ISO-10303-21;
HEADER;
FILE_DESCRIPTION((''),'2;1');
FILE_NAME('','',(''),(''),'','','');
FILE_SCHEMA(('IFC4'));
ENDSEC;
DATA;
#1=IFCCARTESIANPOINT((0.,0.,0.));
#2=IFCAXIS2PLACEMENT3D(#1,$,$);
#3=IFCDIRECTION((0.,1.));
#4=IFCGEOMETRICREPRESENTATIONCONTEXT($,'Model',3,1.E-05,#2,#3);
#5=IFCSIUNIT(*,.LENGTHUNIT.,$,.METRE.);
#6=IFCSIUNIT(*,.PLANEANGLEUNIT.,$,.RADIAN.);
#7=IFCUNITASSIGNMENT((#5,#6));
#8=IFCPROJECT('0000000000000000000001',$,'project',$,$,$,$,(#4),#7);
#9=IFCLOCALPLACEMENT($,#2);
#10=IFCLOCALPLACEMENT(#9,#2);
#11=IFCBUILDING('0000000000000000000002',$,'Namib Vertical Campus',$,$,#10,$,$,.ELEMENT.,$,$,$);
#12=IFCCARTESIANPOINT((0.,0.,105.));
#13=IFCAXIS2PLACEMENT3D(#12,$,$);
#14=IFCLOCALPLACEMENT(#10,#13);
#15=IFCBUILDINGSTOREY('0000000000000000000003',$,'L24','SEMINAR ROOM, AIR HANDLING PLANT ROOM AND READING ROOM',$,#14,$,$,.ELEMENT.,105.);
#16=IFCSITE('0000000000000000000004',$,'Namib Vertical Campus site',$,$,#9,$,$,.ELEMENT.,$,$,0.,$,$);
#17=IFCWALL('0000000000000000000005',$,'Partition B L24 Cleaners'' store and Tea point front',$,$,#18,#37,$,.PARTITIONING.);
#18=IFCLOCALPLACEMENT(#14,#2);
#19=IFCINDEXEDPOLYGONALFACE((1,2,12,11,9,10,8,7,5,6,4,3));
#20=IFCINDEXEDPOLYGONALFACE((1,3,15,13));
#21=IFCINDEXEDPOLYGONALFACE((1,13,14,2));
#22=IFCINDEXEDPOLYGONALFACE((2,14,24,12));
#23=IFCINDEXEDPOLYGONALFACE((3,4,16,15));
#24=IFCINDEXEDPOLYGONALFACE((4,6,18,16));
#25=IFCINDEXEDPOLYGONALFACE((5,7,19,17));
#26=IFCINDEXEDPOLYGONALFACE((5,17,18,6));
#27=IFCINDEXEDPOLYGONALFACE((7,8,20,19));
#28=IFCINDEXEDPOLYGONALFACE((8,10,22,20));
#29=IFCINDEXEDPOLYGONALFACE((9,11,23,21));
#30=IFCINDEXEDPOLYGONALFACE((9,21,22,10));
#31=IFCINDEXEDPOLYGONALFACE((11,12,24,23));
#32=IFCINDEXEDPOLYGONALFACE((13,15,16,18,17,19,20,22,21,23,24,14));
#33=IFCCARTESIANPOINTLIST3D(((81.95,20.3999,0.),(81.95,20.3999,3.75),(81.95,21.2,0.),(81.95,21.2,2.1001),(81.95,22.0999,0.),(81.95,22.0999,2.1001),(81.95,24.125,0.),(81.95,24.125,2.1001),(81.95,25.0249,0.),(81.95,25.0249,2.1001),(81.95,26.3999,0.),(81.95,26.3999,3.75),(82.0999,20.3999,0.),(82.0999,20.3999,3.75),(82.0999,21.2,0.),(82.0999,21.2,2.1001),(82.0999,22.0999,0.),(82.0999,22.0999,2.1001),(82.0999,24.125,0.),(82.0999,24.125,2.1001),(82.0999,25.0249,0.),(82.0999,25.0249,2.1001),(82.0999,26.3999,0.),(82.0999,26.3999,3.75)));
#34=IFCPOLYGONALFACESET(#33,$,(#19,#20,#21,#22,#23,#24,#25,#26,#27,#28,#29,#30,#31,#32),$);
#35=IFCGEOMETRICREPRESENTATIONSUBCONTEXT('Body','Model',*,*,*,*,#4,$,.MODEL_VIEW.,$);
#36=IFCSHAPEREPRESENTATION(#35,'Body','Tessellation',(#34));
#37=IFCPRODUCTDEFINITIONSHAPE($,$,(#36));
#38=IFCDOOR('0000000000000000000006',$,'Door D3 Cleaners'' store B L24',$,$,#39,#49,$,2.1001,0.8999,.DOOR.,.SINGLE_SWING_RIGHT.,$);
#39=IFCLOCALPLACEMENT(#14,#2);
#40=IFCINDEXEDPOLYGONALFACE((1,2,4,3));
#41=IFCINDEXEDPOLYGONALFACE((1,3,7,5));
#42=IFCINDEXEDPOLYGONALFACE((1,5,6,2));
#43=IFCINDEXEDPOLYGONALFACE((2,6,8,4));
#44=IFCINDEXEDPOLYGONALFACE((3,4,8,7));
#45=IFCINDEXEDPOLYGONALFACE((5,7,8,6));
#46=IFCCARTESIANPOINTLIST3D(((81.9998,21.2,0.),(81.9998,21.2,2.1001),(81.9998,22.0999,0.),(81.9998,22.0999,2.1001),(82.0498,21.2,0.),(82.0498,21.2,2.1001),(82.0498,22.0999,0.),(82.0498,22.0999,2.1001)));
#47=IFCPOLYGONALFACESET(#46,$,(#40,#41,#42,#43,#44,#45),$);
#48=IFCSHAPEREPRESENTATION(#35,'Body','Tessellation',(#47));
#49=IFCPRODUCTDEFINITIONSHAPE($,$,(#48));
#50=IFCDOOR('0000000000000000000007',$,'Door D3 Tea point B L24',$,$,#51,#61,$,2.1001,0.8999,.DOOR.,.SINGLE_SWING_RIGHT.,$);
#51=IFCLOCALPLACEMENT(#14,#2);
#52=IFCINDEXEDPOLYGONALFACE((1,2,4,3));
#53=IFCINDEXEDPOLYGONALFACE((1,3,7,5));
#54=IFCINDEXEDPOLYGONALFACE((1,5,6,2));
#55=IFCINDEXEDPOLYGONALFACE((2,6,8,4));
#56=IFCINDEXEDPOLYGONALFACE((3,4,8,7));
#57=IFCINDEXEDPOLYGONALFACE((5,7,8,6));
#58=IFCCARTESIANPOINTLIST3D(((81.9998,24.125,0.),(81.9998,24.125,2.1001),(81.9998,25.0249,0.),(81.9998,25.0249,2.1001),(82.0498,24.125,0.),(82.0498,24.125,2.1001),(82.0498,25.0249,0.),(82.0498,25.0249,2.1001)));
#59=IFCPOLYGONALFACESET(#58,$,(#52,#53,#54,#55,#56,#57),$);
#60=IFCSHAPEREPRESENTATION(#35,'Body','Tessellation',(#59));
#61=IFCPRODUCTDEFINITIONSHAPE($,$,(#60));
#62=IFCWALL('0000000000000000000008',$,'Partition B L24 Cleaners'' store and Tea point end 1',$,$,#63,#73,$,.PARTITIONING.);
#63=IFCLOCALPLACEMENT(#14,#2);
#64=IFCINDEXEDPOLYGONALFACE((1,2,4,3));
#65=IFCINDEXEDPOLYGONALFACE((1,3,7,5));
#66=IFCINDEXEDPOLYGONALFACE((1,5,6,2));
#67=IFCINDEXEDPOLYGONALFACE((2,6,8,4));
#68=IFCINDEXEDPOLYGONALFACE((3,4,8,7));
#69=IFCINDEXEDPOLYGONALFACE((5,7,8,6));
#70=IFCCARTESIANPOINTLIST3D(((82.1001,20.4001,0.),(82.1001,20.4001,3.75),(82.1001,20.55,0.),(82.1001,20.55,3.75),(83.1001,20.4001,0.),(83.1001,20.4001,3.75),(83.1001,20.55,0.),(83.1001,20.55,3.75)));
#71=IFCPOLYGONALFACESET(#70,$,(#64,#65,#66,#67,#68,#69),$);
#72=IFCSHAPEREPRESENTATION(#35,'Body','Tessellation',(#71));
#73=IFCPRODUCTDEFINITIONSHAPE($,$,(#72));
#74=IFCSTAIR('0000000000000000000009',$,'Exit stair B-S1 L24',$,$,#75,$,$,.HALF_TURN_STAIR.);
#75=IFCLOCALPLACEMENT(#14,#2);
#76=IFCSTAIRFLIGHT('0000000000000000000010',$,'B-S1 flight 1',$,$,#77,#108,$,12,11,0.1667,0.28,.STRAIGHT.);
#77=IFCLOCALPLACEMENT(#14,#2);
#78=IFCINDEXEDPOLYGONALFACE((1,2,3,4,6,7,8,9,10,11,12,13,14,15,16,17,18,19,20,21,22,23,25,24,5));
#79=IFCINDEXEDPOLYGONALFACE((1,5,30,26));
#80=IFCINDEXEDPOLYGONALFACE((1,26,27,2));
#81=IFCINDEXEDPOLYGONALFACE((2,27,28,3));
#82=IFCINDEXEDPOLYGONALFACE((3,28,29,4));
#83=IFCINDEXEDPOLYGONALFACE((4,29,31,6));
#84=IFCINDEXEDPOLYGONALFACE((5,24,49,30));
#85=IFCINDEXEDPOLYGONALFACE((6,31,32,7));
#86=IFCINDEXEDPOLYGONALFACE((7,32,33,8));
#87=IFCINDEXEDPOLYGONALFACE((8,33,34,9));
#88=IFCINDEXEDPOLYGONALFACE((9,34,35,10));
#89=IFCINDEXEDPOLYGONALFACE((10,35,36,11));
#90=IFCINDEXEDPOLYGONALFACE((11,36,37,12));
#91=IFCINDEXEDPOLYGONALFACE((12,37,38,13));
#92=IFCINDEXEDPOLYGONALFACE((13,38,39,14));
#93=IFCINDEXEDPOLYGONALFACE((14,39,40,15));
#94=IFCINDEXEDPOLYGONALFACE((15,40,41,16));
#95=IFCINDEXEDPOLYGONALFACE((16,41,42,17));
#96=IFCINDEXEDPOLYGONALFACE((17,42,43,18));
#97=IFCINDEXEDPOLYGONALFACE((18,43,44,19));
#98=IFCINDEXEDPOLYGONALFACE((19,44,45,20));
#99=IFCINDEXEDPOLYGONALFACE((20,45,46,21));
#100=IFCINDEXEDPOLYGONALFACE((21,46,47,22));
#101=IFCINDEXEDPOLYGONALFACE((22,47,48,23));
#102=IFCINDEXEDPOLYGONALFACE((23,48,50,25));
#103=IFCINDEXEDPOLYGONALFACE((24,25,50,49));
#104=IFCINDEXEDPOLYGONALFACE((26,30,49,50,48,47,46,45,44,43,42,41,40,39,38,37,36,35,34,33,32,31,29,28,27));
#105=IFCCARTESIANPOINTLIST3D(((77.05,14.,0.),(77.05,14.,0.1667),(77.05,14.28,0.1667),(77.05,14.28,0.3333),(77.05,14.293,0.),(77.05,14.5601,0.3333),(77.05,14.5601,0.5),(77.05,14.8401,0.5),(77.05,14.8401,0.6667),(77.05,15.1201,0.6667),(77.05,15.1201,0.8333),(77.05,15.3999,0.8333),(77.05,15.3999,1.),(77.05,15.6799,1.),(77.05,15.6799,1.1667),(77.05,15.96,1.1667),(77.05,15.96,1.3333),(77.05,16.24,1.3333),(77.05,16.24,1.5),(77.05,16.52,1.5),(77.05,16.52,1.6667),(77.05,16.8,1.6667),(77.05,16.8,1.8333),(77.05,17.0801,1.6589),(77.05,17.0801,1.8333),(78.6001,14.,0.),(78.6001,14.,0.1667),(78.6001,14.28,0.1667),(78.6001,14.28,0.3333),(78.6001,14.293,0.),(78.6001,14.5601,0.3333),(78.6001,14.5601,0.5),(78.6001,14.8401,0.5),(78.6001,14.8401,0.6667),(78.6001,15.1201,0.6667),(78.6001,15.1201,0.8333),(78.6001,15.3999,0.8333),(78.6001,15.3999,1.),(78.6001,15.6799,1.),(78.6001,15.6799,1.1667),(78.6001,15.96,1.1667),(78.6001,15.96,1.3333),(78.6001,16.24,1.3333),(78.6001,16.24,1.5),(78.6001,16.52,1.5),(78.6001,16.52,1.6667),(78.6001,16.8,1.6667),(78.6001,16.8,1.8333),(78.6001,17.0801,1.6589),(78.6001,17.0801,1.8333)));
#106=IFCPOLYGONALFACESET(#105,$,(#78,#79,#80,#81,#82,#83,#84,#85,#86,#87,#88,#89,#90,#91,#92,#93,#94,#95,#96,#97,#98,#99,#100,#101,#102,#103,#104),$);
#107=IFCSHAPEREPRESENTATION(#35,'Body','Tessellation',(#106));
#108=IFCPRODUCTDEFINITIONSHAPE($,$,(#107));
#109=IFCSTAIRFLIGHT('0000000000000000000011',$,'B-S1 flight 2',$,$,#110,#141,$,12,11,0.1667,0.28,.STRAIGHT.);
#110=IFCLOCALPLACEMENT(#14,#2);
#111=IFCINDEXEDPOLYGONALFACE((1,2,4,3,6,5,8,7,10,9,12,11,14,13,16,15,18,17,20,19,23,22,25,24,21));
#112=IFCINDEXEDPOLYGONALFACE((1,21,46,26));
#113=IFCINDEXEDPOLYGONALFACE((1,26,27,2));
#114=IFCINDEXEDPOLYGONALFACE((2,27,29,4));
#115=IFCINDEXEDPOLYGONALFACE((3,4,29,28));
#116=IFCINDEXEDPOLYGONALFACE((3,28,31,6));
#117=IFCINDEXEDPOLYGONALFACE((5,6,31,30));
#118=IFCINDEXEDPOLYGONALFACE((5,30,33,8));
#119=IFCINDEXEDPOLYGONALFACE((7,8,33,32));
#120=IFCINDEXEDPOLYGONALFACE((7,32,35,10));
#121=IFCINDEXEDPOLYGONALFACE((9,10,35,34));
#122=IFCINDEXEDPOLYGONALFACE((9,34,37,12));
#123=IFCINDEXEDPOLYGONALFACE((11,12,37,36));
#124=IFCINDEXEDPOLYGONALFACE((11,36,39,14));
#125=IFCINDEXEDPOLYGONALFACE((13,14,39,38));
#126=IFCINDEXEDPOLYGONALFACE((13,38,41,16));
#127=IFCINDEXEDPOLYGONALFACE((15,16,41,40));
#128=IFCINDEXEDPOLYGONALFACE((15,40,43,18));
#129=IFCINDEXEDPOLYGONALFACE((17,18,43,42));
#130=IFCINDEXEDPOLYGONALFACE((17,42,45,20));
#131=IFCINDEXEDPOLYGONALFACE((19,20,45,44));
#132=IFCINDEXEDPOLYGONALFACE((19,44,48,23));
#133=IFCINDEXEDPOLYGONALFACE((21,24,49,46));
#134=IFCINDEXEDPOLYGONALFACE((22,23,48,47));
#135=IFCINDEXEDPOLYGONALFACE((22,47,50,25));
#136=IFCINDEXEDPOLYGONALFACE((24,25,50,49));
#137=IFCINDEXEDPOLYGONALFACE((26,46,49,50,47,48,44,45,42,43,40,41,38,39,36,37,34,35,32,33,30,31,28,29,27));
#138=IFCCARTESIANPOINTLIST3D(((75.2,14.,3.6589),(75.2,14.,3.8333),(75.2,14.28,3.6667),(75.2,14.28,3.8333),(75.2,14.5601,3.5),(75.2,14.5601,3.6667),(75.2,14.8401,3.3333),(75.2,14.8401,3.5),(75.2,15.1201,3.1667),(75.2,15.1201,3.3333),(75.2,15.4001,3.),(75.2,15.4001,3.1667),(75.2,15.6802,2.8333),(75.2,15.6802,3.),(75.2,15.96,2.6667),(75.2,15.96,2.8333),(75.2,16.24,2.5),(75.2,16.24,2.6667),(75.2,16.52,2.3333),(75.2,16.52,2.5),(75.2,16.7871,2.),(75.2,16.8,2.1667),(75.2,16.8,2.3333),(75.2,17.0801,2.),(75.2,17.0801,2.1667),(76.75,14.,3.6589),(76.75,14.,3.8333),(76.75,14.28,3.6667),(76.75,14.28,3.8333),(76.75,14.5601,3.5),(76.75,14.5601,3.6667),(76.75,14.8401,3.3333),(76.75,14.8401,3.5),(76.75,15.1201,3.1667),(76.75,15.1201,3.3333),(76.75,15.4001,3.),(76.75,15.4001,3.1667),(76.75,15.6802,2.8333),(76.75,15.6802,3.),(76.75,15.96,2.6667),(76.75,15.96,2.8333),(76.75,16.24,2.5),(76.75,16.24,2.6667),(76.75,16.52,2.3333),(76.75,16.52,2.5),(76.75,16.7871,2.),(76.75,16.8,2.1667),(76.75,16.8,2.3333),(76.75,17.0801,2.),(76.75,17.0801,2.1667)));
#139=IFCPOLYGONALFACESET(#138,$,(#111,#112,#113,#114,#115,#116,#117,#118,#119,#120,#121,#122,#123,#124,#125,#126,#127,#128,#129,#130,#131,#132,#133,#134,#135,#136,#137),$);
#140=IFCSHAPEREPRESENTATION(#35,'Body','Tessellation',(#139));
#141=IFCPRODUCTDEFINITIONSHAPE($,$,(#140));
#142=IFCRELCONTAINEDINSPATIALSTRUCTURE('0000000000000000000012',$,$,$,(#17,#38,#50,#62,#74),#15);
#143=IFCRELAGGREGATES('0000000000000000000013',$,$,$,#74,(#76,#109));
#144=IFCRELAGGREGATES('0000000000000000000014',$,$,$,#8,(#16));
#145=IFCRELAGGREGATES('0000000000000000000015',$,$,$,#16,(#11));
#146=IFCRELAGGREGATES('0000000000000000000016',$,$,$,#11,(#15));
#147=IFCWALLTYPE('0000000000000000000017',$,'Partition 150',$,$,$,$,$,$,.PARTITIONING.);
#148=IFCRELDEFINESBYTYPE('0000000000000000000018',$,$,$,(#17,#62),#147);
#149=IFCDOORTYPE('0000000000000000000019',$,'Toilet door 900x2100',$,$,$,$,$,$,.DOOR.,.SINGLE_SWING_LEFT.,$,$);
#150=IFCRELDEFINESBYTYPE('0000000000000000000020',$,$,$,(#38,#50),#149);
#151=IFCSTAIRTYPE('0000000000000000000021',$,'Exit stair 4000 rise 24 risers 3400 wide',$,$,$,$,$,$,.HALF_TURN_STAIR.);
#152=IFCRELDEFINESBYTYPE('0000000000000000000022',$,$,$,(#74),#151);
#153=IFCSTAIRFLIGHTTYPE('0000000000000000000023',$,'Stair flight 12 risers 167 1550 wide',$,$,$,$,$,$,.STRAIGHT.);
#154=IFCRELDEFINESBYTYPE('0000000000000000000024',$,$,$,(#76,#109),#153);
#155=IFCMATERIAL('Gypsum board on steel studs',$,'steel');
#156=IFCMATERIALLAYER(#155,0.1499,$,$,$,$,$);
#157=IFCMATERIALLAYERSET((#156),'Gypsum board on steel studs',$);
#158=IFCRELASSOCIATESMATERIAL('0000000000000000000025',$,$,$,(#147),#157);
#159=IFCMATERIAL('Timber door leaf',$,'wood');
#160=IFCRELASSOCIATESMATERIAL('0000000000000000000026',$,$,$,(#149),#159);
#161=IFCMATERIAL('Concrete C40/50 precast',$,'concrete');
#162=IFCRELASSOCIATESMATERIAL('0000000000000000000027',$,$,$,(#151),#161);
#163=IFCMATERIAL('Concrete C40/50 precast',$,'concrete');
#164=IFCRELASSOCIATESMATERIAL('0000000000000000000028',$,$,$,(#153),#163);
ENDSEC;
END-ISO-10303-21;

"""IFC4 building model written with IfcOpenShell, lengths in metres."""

from ifc_helpers import new_model, si_unit, direction, frame, frame_2d, origin, place, context, subcontext, project, spatial, polyline, rectangle, outline, extrude, material, layer, layer_set, type_object, element, fill, aggregate, save


model = new_model("IFC4")

# Units and contexts
model_context = context("Model", 3, precision=1e-05, world=origin(), true_north=direction((0.0, 1.0)))
body_context = subcontext(model_context, "Body", "Model", "MODEL_VIEW")
ifc_project = project(units=[si_unit("LENGTHUNIT", "METRE"), si_unit("PLANEANGLEUNIT", "RADIAN")], contexts=[model_context])

# Site, building, storey
site_placement = place(None, origin())
site = spatial("IfcSite", under=ifc_project, at=site_placement, Name="Namib Vertical Campus site", CompositionType="ELEMENT", RefElevation=0.0)
building_placement = place(site_placement, origin())
building = spatial("IfcBuilding", under=site, at=building_placement, Name="Namib Vertical Campus", CompositionType="ELEMENT")
storey_placement = place(building_placement, frame((0.0, 0.0, 105.0)))
storey = spatial("IfcBuildingStorey", under=building, at=storey_placement, Name="L24", Description="SEMINAR ROOM, AIR HANDLING PLANT ROOM AND READING ROOM", CompositionType="ELEMENT", Elevation=105.0)

# Wall, openings, doors
ifc_material_1 = material(Name="Gypsum board on steel studs", Category="steel")
ifc_layer_1 = layer(ifc_material_1, 0.1499)
ifc_layer_set_1 = layer_set([ifc_layer_1], Name="Gypsum board on steel studs")
wall_type_1 = type_object("IfcWallType", Name="Partition 150", PredefinedType="PARTITIONING", material=ifc_layer_set_1)
wall_1_placement = place(storey_placement, frame((82.0249, 20.3999, 0.0), z_axis=(0.0, 0.0, 1.0), x_axis=(0.0, 1.0, 0.0)))
wall_1 = element("IfcWall", 1, at=wall_1_placement, inside=storey, type_object=wall_type_1, Name="Partition B L24 Cleaners' store and Tea point front", PredefinedType="PARTITIONING", context=body_context, shape_type="SweptSolid", body=[
    extrude(rectangle(XDim=6.0, YDim=0.1499, at=frame_2d((3.0, 0.0))), origin(), (0.0, 0.0, 1.0), 3.75),
])
opening_1_placement = place(wall_1_placement, frame((0.8, 0.0, 0.0)))
opening_1 = element("IfcOpeningElement", 2, at=opening_1_placement, cuts=wall_1, PredefinedType="OPENING", context=body_context, shape_type="SweptSolid", body=[
    extrude(rectangle(XDim=0.8999, YDim=2.1001, at=frame_2d((0.45, 1.05))), frame((0.0, 0.085, 0.0), z_axis=(0.0, -1.0, 0.0), x_axis=(1.0, 0.0, 0.0)), (0.0, 0.0, 1.0), 0.1699),
])
opening_2_placement = place(wall_1_placement, frame((3.7251, 0.0, 0.0)))
opening_2 = element("IfcOpeningElement", 3, at=opening_2_placement, cuts=wall_1, PredefinedType="OPENING", context=body_context, shape_type="SweptSolid", body=[
    extrude(rectangle(XDim=0.8999, YDim=2.1001, at=frame_2d((0.45, 1.05))), frame((0.0, 0.085, 0.0), z_axis=(0.0, -1.0, 0.0), x_axis=(1.0, 0.0, 0.0)), (0.0, 0.0, 1.0), 0.1699),
])
ifc_material_2 = material(Name="Timber door leaf", Category="wood")
door_type_1 = type_object("IfcDoorType", Name="Toilet door 900x2100", OperationType="SINGLE_SWING_LEFT", PredefinedType="DOOR", material=ifc_material_2)
door_1_placement = place(opening_1_placement, frame((0.8999, 0.0, 0.0), z_axis=(0.0, 0.0, 1.0), x_axis=(-1.0, 0.0, 0.0)))
door_1 = element("IfcDoor", 4, at=door_1_placement, inside=storey, type_object=door_type_1, Name="Door D3 Cleaners' store B L24", OperationType="SINGLE_SWING_RIGHT", OverallHeight=2.1001, OverallWidth=0.8999, PredefinedType="DOOR", context=body_context, shape_type="SweptSolid", body=[
    extrude(rectangle(XDim=0.8999, YDim=2.1001, at=frame_2d((0.45, 1.05))), frame((0.0, 0.0249, 0.0), z_axis=(0.0, -1.0, 0.0), x_axis=(1.0, 0.0, 0.0)), (0.0, 0.0, 1.0), 0.05),
])
fill(opening_1, door_1)
door_2_placement = place(opening_2_placement, frame((0.8999, 0.0, 0.0), z_axis=(0.0, 0.0, 1.0), x_axis=(-1.0, 0.0, 0.0)))
door_2 = element("IfcDoor", 5, at=door_2_placement, inside=storey, type_object=door_type_1, Name="Door D3 Tea point B L24", OperationType="SINGLE_SWING_RIGHT", OverallHeight=2.1001, OverallWidth=0.8999, PredefinedType="DOOR", context=body_context, shape_type="SweptSolid", body=[
    extrude(rectangle(XDim=0.8999, YDim=2.1001, at=frame_2d((0.45, 1.05))), frame((0.0, 0.0249, 0.0), z_axis=(0.0, -1.0, 0.0), x_axis=(1.0, 0.0, 0.0)), (0.0, 0.0, 1.0), 0.05),
])
fill(opening_2, door_2)

# Wall
wall_2_placement = place(storey_placement, frame((82.1001, 20.4751, 0.0), z_axis=(0.0, 0.0, 1.0), x_axis=(1.0, 0.0, 0.0)))
element("IfcWall", 6, at=wall_2_placement, inside=storey, type_object=wall_type_1, Name="Partition B L24 Cleaners' store and Tea point end 1", PredefinedType="PARTITIONING", context=body_context, shape_type="SweptSolid", body=[
    extrude(rectangle(XDim=1.0, YDim=0.1499, at=frame_2d((0.5, 0.0))), origin(), (0.0, 0.0, 1.0), 3.75),
])

# Stair, stair flights
ifc_material_3 = material(Name="Concrete C40/50 precast", Category="concrete")
stair_type = type_object("IfcStairType", Name="Exit stair 4000 rise 24 risers 3400 wide", PredefinedType="HALF_TURN_STAIR", material=ifc_material_3)
stair_placement = place(storey_placement, origin())
stair = element("IfcStair", 7, at=stair_placement, inside=storey, type_object=stair_type, Name="Exit stair B-S1 L24", PredefinedType="HALF_TURN_STAIR")
ifc_material_4 = material(Name="Concrete C40/50 precast", Category="concrete")
stair_flight_type = type_object("IfcStairFlightType", Name="Stair flight 12 risers 167 1550 wide", PredefinedType="STRAIGHT", material=ifc_material_4)
stair_flight_1_placement = place(storey_placement, frame((77.825, 14.0, 0.0), z_axis=(0.0, 0.0, 1.0), x_axis=(0.0, 1.0, 0.0)))
stair_flight_1 = element("IfcStairFlight", 8, at=stair_flight_1_placement, type_object=stair_flight_type, Name="B-S1 flight 1", NumberOfRisers=12, NumberOfTreads=11, PredefinedType="STRAIGHT", RiserHeight=0.1667, TreadLength=0.28, context=body_context, shape_type="SweptSolid", body=[
    extrude(outline(polyline([(0.0, 0.0), (0.0, 0.1667), (0.28, 0.1667), (0.28, 0.3333), (0.5601, 0.3333), (0.5601, 0.5), (0.8401, 0.5), (0.8401, 0.6667), (1.1201, 0.6667), (1.1201, 0.8333), (1.3999, 0.8333), (1.3999, 1.0), (1.6799, 1.0), (1.6799, 1.1667), (1.96, 1.1667), (1.96, 1.3333), (2.24, 1.3333), (2.24, 1.5), (2.52, 1.5), (2.52, 1.6667), (2.8, 1.6667), (2.8, 1.8333), (3.0801, 1.8333), (3.0801, 2.0), (3.0801, 1.6589), (0.293, 0.0), (0.0, 0.0)])), frame((0.0, 0.7749, 0.0), z_axis=(0.0, -1.0, 0.0), x_axis=(1.0, 0.0, 0.0)), (0.0, 0.0, 1.0), 1.55),
])
stair_flight_2_placement = place(storey_placement, frame((75.9751, 17.0801, 2.0), z_axis=(0.0, 0.0, 1.0), x_axis=(0.0, -1.0, 0.0)))
stair_flight_2 = element("IfcStairFlight", 9, at=stair_flight_2_placement, type_object=stair_flight_type, Name="B-S1 flight 2", NumberOfRisers=12, NumberOfTreads=11, PredefinedType="STRAIGHT", RiserHeight=0.1667, TreadLength=0.28, context=body_context, shape_type="SweptSolid", body=[
    extrude(outline(polyline([(0.0, 0.0), (0.0, 0.1667), (0.28, 0.1667), (0.28, 0.3333), (0.5601, 0.3333), (0.5601, 0.5), (0.8401, 0.5), (0.8401, 0.6667), (1.1201, 0.6667), (1.1201, 0.8333), (1.3999, 0.8333), (1.3999, 1.0), (1.6799, 1.0), (1.6799, 1.1667), (1.96, 1.1667), (1.96, 1.3333), (2.24, 1.3333), (2.24, 1.5), (2.52, 1.5), (2.52, 1.6667), (2.8, 1.6667), (2.8, 1.8333), (3.0801, 1.8333), (3.0801, 2.0), (3.0801, 1.6589), (0.293, 0.0), (0.0, 0.0)])), frame((0.0, 0.7749, 0.0), z_axis=(0.0, -1.0, 0.0), x_axis=(1.0, 0.0, 0.0)), (0.0, 0.0, 1.0), 1.55),
])
aggregate(stair, [stair_flight_1, stair_flight_2])

save(model, "model.ifc")
